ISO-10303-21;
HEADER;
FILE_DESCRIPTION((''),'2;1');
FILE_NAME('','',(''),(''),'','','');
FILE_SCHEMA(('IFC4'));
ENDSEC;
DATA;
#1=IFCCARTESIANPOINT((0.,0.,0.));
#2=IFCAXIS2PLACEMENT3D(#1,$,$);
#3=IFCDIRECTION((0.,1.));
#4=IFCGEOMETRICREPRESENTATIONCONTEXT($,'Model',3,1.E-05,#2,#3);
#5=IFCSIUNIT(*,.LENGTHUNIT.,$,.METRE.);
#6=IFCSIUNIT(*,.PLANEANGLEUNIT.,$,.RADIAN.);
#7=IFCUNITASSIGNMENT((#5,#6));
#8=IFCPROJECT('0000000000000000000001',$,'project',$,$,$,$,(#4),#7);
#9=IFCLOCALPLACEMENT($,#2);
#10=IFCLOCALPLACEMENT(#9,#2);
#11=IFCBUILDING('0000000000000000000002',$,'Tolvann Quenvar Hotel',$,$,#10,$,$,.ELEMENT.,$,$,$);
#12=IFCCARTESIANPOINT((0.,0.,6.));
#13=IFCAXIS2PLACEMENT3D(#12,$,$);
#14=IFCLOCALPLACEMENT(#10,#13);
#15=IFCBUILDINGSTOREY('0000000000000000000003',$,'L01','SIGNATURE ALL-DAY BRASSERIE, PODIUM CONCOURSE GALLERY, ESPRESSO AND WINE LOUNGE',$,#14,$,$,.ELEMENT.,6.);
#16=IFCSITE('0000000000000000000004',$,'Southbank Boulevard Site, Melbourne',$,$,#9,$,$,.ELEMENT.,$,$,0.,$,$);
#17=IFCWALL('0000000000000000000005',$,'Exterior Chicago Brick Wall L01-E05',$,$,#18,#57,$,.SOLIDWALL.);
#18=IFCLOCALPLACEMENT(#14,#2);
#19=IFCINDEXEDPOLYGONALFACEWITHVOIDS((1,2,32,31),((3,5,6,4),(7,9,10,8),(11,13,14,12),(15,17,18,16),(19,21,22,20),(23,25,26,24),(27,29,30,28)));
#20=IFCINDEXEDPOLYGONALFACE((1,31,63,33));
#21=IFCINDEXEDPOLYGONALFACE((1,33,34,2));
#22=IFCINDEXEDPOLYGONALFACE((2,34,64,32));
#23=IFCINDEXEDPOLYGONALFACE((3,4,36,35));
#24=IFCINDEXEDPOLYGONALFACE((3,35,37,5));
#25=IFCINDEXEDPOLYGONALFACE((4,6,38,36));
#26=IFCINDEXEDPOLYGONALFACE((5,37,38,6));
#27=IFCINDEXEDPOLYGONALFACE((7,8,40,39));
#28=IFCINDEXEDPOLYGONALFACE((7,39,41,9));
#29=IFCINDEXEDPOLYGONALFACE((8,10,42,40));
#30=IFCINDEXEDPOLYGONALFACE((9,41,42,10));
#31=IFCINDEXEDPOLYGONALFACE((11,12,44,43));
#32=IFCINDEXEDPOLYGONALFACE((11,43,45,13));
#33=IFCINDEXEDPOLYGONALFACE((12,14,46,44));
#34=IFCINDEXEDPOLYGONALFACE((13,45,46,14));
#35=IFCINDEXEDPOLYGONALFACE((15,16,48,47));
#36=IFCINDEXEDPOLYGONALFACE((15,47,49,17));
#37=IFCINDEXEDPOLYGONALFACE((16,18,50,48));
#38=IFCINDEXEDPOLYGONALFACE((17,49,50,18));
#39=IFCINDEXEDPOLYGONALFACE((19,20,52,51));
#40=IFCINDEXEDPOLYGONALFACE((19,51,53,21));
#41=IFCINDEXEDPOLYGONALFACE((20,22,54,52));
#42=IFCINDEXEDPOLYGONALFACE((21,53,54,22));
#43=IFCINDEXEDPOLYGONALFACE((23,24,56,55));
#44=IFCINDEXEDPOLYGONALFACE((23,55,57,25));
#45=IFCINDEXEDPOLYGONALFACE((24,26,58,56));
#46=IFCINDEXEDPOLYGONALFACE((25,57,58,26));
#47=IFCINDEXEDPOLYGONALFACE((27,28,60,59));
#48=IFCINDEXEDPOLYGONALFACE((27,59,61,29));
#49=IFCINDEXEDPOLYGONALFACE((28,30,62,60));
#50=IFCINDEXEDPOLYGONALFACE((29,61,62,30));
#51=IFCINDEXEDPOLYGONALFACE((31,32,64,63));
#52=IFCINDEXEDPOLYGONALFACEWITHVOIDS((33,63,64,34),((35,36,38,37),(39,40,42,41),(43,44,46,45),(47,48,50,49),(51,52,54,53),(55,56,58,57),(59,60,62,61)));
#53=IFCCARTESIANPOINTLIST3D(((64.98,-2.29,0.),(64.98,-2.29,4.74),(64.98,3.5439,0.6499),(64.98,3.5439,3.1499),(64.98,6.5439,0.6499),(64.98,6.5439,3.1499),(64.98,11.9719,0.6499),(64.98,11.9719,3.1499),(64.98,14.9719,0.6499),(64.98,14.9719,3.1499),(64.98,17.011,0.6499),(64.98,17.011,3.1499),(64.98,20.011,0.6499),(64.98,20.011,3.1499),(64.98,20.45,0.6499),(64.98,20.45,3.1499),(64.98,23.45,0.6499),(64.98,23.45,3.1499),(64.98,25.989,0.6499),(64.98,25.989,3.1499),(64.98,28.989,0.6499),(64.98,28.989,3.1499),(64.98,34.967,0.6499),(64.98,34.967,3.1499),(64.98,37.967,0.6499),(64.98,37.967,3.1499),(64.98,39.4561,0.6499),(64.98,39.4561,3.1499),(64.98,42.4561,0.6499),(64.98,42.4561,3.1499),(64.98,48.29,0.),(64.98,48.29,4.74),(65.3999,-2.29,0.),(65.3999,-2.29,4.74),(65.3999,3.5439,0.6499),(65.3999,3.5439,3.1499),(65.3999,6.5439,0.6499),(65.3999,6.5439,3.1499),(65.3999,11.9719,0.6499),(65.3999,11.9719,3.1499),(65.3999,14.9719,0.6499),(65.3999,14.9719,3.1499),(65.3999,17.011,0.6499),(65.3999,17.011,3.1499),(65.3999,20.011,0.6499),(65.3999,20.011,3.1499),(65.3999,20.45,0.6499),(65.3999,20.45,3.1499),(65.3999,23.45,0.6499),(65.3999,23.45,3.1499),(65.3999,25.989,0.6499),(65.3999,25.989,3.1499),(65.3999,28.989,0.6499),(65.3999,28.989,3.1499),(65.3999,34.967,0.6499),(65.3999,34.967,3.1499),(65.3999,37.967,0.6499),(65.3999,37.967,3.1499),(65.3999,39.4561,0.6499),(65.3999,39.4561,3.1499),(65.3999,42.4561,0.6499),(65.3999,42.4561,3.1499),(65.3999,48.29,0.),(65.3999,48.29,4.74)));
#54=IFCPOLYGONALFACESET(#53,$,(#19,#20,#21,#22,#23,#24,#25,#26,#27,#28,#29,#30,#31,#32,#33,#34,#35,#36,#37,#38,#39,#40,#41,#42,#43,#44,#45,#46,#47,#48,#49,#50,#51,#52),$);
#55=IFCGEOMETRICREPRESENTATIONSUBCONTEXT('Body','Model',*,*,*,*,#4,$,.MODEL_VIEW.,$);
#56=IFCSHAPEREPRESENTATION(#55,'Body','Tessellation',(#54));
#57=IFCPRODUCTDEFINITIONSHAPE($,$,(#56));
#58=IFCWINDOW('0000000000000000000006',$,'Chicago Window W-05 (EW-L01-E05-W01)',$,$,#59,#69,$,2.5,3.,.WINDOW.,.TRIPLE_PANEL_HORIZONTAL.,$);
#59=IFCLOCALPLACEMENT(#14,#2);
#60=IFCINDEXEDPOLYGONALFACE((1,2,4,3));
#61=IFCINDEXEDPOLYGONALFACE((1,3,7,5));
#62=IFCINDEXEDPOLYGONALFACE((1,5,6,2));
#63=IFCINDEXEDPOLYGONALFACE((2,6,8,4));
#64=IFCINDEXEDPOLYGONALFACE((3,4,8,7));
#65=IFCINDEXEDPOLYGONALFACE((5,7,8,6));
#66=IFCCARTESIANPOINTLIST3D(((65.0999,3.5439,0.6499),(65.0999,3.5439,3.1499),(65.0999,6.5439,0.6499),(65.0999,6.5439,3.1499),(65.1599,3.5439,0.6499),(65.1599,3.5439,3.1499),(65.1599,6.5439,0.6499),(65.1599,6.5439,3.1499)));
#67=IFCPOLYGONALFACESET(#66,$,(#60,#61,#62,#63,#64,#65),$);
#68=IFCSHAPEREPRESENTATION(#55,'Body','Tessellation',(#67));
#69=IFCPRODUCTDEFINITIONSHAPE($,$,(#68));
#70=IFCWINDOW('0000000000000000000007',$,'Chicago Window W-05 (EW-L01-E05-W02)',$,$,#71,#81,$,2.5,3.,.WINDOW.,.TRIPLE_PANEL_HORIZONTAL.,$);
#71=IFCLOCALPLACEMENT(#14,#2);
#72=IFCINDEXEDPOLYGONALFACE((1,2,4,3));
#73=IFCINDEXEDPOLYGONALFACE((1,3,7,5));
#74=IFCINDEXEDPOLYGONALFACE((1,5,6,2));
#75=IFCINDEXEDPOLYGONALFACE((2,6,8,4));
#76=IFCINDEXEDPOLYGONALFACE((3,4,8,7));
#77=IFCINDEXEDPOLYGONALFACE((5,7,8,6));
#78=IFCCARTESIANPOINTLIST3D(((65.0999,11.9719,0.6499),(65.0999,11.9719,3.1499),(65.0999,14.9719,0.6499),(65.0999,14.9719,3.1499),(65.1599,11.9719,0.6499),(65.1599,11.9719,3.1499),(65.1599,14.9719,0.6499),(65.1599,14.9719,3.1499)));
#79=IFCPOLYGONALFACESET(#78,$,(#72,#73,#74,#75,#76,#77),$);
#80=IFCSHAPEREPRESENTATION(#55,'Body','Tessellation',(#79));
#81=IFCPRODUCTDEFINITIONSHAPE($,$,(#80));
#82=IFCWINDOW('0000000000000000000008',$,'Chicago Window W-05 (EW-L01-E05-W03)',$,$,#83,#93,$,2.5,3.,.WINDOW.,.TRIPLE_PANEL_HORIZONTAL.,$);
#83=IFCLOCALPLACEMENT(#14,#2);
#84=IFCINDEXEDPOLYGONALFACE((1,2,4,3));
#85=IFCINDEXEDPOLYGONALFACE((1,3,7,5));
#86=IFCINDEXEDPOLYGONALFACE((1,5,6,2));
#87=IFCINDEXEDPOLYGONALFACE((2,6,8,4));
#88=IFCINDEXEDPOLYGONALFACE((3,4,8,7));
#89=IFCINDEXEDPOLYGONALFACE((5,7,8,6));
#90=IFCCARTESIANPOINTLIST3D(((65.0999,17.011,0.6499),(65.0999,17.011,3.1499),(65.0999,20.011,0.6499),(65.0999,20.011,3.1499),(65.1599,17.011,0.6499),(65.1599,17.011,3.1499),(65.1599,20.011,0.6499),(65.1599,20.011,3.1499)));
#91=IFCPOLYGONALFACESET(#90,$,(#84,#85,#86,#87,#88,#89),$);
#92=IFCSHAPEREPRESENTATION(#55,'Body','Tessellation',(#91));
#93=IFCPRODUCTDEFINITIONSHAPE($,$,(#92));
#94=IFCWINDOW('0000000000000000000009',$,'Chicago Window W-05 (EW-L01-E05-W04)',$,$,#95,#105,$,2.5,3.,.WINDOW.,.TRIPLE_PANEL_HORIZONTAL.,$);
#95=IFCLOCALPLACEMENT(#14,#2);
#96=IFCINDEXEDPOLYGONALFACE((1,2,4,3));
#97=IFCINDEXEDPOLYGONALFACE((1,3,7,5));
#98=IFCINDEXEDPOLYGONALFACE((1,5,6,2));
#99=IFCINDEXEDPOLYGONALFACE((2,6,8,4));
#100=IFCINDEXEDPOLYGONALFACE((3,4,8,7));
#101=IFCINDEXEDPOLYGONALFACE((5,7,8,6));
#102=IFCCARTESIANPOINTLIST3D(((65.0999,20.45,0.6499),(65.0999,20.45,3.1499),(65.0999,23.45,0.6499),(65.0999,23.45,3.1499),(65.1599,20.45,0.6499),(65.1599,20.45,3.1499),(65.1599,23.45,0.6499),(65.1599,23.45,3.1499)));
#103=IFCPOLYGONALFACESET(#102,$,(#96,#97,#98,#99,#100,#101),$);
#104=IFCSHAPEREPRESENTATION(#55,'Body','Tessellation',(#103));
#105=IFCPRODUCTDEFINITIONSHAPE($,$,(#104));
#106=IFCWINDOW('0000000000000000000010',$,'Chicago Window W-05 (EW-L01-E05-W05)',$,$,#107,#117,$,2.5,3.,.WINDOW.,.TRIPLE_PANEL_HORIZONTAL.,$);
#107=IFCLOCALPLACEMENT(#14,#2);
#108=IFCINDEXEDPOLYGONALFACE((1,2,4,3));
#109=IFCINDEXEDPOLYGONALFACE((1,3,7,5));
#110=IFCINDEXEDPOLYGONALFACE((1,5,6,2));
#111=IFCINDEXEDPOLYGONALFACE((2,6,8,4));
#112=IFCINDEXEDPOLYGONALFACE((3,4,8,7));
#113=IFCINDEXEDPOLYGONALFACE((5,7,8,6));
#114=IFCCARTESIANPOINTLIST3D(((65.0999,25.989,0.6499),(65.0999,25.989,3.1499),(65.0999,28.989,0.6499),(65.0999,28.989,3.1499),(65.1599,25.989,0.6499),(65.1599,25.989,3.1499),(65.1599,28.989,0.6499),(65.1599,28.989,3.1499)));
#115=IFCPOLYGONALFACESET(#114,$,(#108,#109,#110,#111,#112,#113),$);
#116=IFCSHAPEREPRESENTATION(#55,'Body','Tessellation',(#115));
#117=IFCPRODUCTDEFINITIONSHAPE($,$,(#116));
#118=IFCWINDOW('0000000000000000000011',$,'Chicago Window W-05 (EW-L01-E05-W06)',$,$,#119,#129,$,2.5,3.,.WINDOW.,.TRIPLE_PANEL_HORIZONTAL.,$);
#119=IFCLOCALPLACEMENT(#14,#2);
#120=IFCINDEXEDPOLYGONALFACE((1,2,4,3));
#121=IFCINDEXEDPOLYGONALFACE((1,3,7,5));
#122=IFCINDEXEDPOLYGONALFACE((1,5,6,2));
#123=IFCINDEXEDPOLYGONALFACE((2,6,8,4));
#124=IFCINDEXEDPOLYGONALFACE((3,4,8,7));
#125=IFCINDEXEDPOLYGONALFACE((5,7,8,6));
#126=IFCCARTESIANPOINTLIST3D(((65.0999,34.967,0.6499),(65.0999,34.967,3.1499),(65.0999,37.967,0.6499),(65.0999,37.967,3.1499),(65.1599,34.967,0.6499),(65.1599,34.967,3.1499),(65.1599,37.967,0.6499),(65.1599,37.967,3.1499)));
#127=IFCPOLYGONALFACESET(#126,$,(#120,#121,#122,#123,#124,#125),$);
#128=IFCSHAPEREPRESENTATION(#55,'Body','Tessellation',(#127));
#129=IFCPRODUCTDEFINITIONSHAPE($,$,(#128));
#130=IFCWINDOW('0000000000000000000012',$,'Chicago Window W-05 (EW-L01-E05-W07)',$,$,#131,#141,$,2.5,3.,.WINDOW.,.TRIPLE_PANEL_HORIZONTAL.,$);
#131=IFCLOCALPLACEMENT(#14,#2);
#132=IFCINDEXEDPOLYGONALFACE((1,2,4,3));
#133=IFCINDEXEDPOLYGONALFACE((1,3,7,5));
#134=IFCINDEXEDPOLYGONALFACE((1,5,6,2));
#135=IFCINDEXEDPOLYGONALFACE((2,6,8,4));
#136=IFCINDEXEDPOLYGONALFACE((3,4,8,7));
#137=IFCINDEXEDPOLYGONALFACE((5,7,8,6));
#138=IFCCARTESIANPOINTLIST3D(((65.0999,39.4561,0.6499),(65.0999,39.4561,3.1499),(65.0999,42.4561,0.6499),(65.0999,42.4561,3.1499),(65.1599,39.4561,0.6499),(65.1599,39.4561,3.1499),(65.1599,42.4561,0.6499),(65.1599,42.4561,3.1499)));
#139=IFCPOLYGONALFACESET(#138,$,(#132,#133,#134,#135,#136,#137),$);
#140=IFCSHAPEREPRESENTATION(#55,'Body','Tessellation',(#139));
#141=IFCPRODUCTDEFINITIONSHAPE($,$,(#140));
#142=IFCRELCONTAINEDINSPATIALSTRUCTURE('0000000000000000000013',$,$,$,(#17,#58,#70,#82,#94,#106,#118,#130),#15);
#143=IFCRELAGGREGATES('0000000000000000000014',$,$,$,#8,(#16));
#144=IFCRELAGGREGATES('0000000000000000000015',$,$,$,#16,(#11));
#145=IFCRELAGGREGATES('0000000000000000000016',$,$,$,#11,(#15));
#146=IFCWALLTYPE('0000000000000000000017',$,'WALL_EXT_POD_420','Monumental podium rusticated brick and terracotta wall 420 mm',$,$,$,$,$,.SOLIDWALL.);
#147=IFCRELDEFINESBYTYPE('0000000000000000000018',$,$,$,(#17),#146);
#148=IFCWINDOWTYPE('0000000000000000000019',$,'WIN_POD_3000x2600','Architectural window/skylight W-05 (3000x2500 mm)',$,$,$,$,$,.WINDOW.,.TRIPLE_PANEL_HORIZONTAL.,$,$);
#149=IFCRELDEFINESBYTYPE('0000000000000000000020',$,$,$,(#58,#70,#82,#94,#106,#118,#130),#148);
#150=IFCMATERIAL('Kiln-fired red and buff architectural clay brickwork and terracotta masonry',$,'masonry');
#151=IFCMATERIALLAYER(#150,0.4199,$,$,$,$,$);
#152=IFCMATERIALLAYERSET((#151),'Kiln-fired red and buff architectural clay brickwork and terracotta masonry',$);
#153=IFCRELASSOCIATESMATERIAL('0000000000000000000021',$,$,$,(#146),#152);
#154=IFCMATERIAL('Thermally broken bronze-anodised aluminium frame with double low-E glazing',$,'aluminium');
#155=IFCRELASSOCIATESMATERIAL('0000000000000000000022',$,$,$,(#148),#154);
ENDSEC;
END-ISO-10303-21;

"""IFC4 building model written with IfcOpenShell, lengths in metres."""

from ifc_helpers import new_model, si_unit, direction, frame, frame_2d, origin, place, context, subcontext, project, spatial, rectangle, extrude, source, transform, mapped, material, layer, layer_set, type_object, type_shapes, element, fill, save


model = new_model("IFC4")

# Units and contexts
model_context = context("Model", 3, precision=1e-05, world=origin(), true_north=direction((0.0, 1.0)))
body_context = subcontext(model_context, "Body", "Model", "MODEL_VIEW")
ifc_project = project(units=[si_unit("LENGTHUNIT", "METRE"), si_unit("PLANEANGLEUNIT", "RADIAN")], contexts=[model_context])

# Site, building, storey
site_placement = place(None, origin())
site = spatial("IfcSite", under=ifc_project, at=site_placement, Name="Southbank Boulevard Site, Melbourne", CompositionType="ELEMENT", RefElevation=0.0)
building_placement = place(site_placement, origin())
building = spatial("IfcBuilding", under=site, at=building_placement, Name="Tolvann Quenvar Hotel", CompositionType="ELEMENT")
storey_placement = place(building_placement, frame((0.0, 0.0, 6.0)))
storey = spatial("IfcBuildingStorey", under=building, at=storey_placement, Name="L01", Description="SIGNATURE ALL-DAY BRASSERIE, PODIUM CONCOURSE GALLERY, ESPRESSO AND WINE LOUNGE", CompositionType="ELEMENT", Elevation=6.0)

# Wall, openings, windows
ifc_material_1 = material(Name="Kiln-fired red and buff architectural clay brickwork and terracotta masonry", Category="masonry")
ifc_layer_1 = layer(ifc_material_1, 0.4199)
ifc_layer_set_1 = layer_set([ifc_layer_1], Name="Kiln-fired red and buff architectural clay brickwork and terracotta masonry")
wall_type_1 = type_object("IfcWallType", Name="WALL_EXT_POD_420", Description="Monumental podium rusticated brick and terracotta wall 420 mm", PredefinedType="SOLIDWALL", material=ifc_layer_set_1)
wall_1_placement = place(storey_placement, frame((65.1899, -2.29, 0.0), z_axis=(0.0, 0.0, 1.0), x_axis=(0.0, 1.0, 0.0)))
wall_1 = element("IfcWall", 1, at=wall_1_placement, inside=storey, type_object=wall_type_1, Name="Exterior Chicago Brick Wall L01-E05", PredefinedType="SOLIDWALL", context=body_context, shape_type="SweptSolid", body=[
    extrude(rectangle(XDim=50.5801, YDim=0.4199, at=frame_2d((25.29, 0.0))), origin(), (0.0, 0.0, 1.0), 4.74),
])
opening_1_placement = place(wall_1_placement, frame((5.834, 0.0, 0.6499)))
opening_1 = element("IfcOpeningElement", 2, at=opening_1_placement, cuts=wall_1, PredefinedType="OPENING", context=body_context, shape_type="SweptSolid", body=[
    extrude(rectangle(XDim=3.0, YDim=2.5, at=frame_2d((1.5, 1.25))), frame((0.0, 0.22, 0.0), z_axis=(0.0, -1.0, 0.0), x_axis=(1.0, 0.0, 0.0)), (0.0, 0.0, 1.0), 0.4399),
])
opening_2_placement = place(wall_1_placement, frame((14.262, 0.0, 0.6499)))
opening_2 = element("IfcOpeningElement", 3, at=opening_2_placement, cuts=wall_1, PredefinedType="OPENING", context=body_context, shape_type="SweptSolid", body=[
    extrude(rectangle(XDim=3.0, YDim=2.5, at=frame_2d((1.5, 1.25))), frame((0.0, 0.22, 0.0), z_axis=(0.0, -1.0, 0.0), x_axis=(1.0, 0.0, 0.0)), (0.0, 0.0, 1.0), 0.4399),
])
opening_3_placement = place(wall_1_placement, frame((19.301, 0.0, 0.6499)))
opening_3 = element("IfcOpeningElement", 4, at=opening_3_placement, cuts=wall_1, PredefinedType="OPENING", context=body_context, shape_type="SweptSolid", body=[
    extrude(rectangle(XDim=3.0, YDim=2.5, at=frame_2d((1.5, 1.25))), frame((0.0, 0.22, 0.0), z_axis=(0.0, -1.0, 0.0), x_axis=(1.0, 0.0, 0.0)), (0.0, 0.0, 1.0), 0.4399),
])
opening_4_placement = place(wall_1_placement, frame((22.74, 0.0, 0.6499)))
opening_4 = element("IfcOpeningElement", 5, at=opening_4_placement, cuts=wall_1, PredefinedType="OPENING", context=body_context, shape_type="SweptSolid", body=[
    extrude(rectangle(XDim=3.0, YDim=2.5, at=frame_2d((1.5, 1.25))), frame((0.0, 0.22, 0.0), z_axis=(0.0, -1.0, 0.0), x_axis=(1.0, 0.0, 0.0)), (0.0, 0.0, 1.0), 0.4399),
])
opening_5_placement = place(wall_1_placement, frame((28.2791, 0.0, 0.6499)))
opening_5 = element("IfcOpeningElement", 6, at=opening_5_placement, cuts=wall_1, PredefinedType="OPENING", context=body_context, shape_type="SweptSolid", body=[
    extrude(rectangle(XDim=3.0, YDim=2.5, at=frame_2d((1.5, 1.25))), frame((0.0, 0.22, 0.0), z_axis=(0.0, -1.0, 0.0), x_axis=(1.0, 0.0, 0.0)), (0.0, 0.0, 1.0), 0.4399),
])
opening_6_placement = place(wall_1_placement, frame((37.2571, 0.0, 0.6499)))
opening_6 = element("IfcOpeningElement", 7, at=opening_6_placement, cuts=wall_1, PredefinedType="OPENING", context=body_context, shape_type="SweptSolid", body=[
    extrude(rectangle(XDim=3.0, YDim=2.5, at=frame_2d((1.5, 1.25))), frame((0.0, 0.22, 0.0), z_axis=(0.0, -1.0, 0.0), x_axis=(1.0, 0.0, 0.0)), (0.0, 0.0, 1.0), 0.4399),
])
opening_7_placement = place(wall_1_placement, frame((41.7461, 0.0, 0.6499)))
opening_7 = element("IfcOpeningElement", 8, at=opening_7_placement, cuts=wall_1, PredefinedType="OPENING", context=body_context, shape_type="SweptSolid", body=[
    extrude(rectangle(XDim=3.0, YDim=2.5, at=frame_2d((1.5, 1.25))), frame((0.0, 0.22, 0.0), z_axis=(0.0, -1.0, 0.0), x_axis=(1.0, 0.0, 0.0)), (0.0, 0.0, 1.0), 0.4399),
])
ifc_material_2 = material(Name="Thermally broken bronze-anodised aluminium frame with double low-E glazing", Category="aluminium")
window_type = type_object("IfcWindowType", Name="WIN_POD_3000x2600", Description="Architectural window/skylight W-05 (3000x2500 mm)", PartitioningType="TRIPLE_PANEL_HORIZONTAL", PredefinedType="WINDOW", material=ifc_material_2)
shared_shape_1 = source(origin(), body_context, "Body", "SweptSolid", [
    extrude(rectangle(XDim=3.0, YDim=2.5, at=frame_2d((1.5, 1.25))), frame((0.0, 0.0901, 0.0), z_axis=(0.0, -1.0, 0.0), x_axis=(1.0, 0.0, 0.0)), (0.0, 0.0, 1.0), 0.0601),
])
type_shapes(window_type, [shared_shape_1])
window_1_placement = place(opening_1_placement, origin())
window_1 = element("IfcWindow", 9, at=window_1_placement, inside=storey, type_object=window_type, Name="Chicago Window W-05 (EW-L01-E05-W01)", OverallHeight=2.5, OverallWidth=3.0, PartitioningType="TRIPLE_PANEL_HORIZONTAL", PredefinedType="WINDOW", context=body_context, shape_type="MappedRepresentation", body=[
    mapped(shared_shape_1, transform((0.0, 0.0, 0.0), x_axis=(1.0, 0.0, 0.0), y_axis=(0.0, 1.0, 0.0), z_axis=(0.0, 0.0, 1.0), scale=1.0)),
])
fill(opening_1, window_1)
window_2_placement = place(opening_2_placement, origin())
window_2 = element("IfcWindow", 10, at=window_2_placement, inside=storey, type_object=window_type, Name="Chicago Window W-05 (EW-L01-E05-W02)", OverallHeight=2.5, OverallWidth=3.0, PartitioningType="TRIPLE_PANEL_HORIZONTAL", PredefinedType="WINDOW", context=body_context, shape_type="MappedRepresentation", body=[
    mapped(shared_shape_1, transform((0.0, 0.0, 0.0), x_axis=(1.0, 0.0, 0.0), y_axis=(0.0, 1.0, 0.0), z_axis=(0.0, 0.0, 1.0), scale=1.0)),
])
fill(opening_2, window_2)
window_3_placement = place(opening_3_placement, origin())
window_3 = element("IfcWindow", 11, at=window_3_placement, inside=storey, type_object=window_type, Name="Chicago Window W-05 (EW-L01-E05-W03)", OverallHeight=2.5, OverallWidth=3.0, PartitioningType="TRIPLE_PANEL_HORIZONTAL", PredefinedType="WINDOW", context=body_context, shape_type="MappedRepresentation", body=[
    mapped(shared_shape_1, transform((0.0, 0.0, 0.0), x_axis=(1.0, 0.0, 0.0), y_axis=(0.0, 1.0, 0.0), z_axis=(0.0, 0.0, 1.0), scale=1.0)),
])
fill(opening_3, window_3)
window_4_placement = place(opening_4_placement, origin())
window_4 = element("IfcWindow", 12, at=window_4_placement, inside=storey, type_object=window_type, Name="Chicago Window W-05 (EW-L01-E05-W04)", OverallHeight=2.5, OverallWidth=3.0, PartitioningType="TRIPLE_PANEL_HORIZONTAL", PredefinedType="WINDOW", context=body_context, shape_type="MappedRepresentation", body=[
    mapped(shared_shape_1, transform((0.0, 0.0, 0.0), x_axis=(1.0, 0.0, 0.0), y_axis=(0.0, 1.0, 0.0), z_axis=(0.0, 0.0, 1.0), scale=1.0)),
])
fill(opening_4, window_4)
window_5_placement = place(opening_5_placement, origin())
window_5 = element("IfcWindow", 13, at=window_5_placement, inside=storey, type_object=window_type, Name="Chicago Window W-05 (EW-L01-E05-W05)", OverallHeight=2.5, OverallWidth=3.0, PartitioningType="TRIPLE_PANEL_HORIZONTAL", PredefinedType="WINDOW", context=body_context, shape_type="MappedRepresentation", body=[
    mapped(shared_shape_1, transform((0.0, 0.0, 0.0), x_axis=(1.0, 0.0, 0.0), y_axis=(0.0, 1.0, 0.0), z_axis=(0.0, 0.0, 1.0), scale=1.0)),
])
fill(opening_5, window_5)
window_6_placement = place(opening_6_placement, origin())
window_6 = element("IfcWindow", 14, at=window_6_placement, inside=storey, type_object=window_type, Name="Chicago Window W-05 (EW-L01-E05-W06)", OverallHeight=2.5, OverallWidth=3.0, PartitioningType="TRIPLE_PANEL_HORIZONTAL", PredefinedType="WINDOW", context=body_context, shape_type="MappedRepresentation", body=[
    mapped(shared_shape_1, transform((0.0, 0.0, 0.0), x_axis=(1.0, 0.0, 0.0), y_axis=(0.0, 1.0, 0.0), z_axis=(0.0, 0.0, 1.0), scale=1.0)),
])
fill(opening_6, window_6)
window_7_placement = place(opening_7_placement, origin())
window_7 = element("IfcWindow", 15, at=window_7_placement, inside=storey, type_object=window_type, Name="Chicago Window W-05 (EW-L01-E05-W07)", OverallHeight=2.5, OverallWidth=3.0, PartitioningType="TRIPLE_PANEL_HORIZONTAL", PredefinedType="WINDOW", context=body_context, shape_type="MappedRepresentation", body=[
    mapped(shared_shape_1, transform((0.0, 0.0, 0.0), x_axis=(1.0, 0.0, 0.0), y_axis=(0.0, 1.0, 0.0), z_axis=(0.0, 0.0, 1.0), scale=1.0)),
])
fill(opening_7, window_7)

save(model, "model.ifc")
